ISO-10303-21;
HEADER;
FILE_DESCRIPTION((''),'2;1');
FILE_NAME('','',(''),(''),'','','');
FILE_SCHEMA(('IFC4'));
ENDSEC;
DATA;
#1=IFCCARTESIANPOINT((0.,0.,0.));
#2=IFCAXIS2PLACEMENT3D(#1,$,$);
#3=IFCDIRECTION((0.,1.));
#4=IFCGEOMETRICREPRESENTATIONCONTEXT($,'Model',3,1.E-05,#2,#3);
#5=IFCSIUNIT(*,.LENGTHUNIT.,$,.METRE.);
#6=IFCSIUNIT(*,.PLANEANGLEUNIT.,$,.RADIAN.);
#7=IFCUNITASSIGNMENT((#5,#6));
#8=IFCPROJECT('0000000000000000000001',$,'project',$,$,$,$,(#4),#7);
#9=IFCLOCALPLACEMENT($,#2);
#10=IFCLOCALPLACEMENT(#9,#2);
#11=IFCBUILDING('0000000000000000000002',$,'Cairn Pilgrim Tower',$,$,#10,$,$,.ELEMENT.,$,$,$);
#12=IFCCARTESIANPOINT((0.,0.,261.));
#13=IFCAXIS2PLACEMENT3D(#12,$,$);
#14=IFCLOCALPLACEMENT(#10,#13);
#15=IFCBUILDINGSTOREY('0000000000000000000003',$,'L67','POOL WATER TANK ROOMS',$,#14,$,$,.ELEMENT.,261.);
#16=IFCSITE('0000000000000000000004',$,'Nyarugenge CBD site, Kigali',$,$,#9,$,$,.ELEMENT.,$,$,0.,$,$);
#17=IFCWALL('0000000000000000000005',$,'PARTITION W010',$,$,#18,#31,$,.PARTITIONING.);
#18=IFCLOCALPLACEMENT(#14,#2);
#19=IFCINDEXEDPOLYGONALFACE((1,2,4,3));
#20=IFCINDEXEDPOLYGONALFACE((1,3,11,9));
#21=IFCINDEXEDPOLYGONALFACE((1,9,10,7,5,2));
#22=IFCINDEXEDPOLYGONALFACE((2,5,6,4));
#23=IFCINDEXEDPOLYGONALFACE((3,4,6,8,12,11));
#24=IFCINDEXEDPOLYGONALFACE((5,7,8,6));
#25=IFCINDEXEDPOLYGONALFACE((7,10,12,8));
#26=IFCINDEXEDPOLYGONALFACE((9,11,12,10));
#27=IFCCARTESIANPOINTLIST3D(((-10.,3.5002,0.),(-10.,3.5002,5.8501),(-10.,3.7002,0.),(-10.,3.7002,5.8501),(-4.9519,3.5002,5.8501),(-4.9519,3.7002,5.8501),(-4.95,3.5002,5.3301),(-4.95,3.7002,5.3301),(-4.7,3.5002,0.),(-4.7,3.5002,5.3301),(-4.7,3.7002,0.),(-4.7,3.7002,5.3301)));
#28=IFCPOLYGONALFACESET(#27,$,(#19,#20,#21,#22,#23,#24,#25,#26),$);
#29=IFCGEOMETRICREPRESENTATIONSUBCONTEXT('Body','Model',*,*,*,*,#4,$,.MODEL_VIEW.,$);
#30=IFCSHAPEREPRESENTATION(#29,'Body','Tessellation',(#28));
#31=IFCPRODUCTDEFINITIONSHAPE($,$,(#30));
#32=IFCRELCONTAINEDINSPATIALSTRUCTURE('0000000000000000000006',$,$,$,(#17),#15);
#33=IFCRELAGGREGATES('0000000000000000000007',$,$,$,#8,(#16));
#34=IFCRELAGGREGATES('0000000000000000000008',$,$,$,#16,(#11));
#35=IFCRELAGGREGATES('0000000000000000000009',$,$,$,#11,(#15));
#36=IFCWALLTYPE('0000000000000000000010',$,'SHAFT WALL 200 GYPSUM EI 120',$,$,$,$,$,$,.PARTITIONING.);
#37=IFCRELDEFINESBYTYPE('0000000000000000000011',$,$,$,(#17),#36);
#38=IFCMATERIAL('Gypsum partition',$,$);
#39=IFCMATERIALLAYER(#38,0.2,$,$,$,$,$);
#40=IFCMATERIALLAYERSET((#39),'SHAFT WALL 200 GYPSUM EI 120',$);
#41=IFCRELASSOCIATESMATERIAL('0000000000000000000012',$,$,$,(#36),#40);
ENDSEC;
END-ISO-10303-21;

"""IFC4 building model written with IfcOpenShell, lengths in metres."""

from ifc_helpers import new_model, si_unit, direction, frame, origin, place, context, subcontext, project, spatial, polyline, outline, extrude, material, layer, layer_set, type_object, element, save


model = new_model("IFC4")

# Units and contexts
model_context = context("Model", 3, precision=1e-05, world=origin(), true_north=direction((0.0, 1.0)))
body_context = subcontext(model_context, "Body", "Model", "MODEL_VIEW")
ifc_project = project(units=[si_unit("LENGTHUNIT", "METRE"), si_unit("PLANEANGLEUNIT", "RADIAN")], contexts=[model_context])

# Site, building, storey
site_placement = place(None, origin())
site = spatial("IfcSite", under=ifc_project, at=site_placement, Name="Nyarugenge CBD site, Kigali", CompositionType="ELEMENT", RefElevation=0.0)
building_placement = place(site_placement, origin())
building = spatial("IfcBuilding", under=site, at=building_placement, Name="Cairn Pilgrim Tower", CompositionType="ELEMENT")
storey_placement = place(building_placement, frame((0.0, 0.0, 261.0)))
storey = spatial("IfcBuildingStorey", under=building, at=storey_placement, Name="L67", Description="POOL WATER TANK ROOMS", CompositionType="ELEMENT", Elevation=261.0)

# Wall
ifc_material_1 = material(Name="Gypsum partition")
ifc_layer_1 = layer(ifc_material_1, 0.2)
ifc_layer_set_1 = layer_set([ifc_layer_1], Name="SHAFT WALL 200 GYPSUM EI 120")
wall_type = type_object("IfcWallType", Name="SHAFT WALL 200 GYPSUM EI 120", PredefinedType="PARTITIONING", material=ifc_layer_set_1)
wall_placement = place(storey_placement, frame((-10.0, 3.6001, 0.0), z_axis=(0.0, 0.0, 1.0), x_axis=(1.0, 0.0, 0.0)))
element("IfcWall", 1, at=wall_placement, inside=storey, type_object=wall_type, Name="PARTITION W010", PredefinedType="PARTITIONING", context=body_context, shape_type="SweptSolid", body=[
    extrude(outline(polyline([(0.0, 0.0), (5.3, 0.0), (5.3, 5.3301), (5.05, 5.3301), (5.0481, 5.8501), (0.0, 5.8501), (0.0, 0.0)])), frame((0.0, 0.1001, 0.0), z_axis=(0.0, -1.0, 0.0), x_axis=(1.0, 0.0, 0.0)), (0.0, 0.0, 1.0), 0.2),
])

save(model, "model.ifc")
